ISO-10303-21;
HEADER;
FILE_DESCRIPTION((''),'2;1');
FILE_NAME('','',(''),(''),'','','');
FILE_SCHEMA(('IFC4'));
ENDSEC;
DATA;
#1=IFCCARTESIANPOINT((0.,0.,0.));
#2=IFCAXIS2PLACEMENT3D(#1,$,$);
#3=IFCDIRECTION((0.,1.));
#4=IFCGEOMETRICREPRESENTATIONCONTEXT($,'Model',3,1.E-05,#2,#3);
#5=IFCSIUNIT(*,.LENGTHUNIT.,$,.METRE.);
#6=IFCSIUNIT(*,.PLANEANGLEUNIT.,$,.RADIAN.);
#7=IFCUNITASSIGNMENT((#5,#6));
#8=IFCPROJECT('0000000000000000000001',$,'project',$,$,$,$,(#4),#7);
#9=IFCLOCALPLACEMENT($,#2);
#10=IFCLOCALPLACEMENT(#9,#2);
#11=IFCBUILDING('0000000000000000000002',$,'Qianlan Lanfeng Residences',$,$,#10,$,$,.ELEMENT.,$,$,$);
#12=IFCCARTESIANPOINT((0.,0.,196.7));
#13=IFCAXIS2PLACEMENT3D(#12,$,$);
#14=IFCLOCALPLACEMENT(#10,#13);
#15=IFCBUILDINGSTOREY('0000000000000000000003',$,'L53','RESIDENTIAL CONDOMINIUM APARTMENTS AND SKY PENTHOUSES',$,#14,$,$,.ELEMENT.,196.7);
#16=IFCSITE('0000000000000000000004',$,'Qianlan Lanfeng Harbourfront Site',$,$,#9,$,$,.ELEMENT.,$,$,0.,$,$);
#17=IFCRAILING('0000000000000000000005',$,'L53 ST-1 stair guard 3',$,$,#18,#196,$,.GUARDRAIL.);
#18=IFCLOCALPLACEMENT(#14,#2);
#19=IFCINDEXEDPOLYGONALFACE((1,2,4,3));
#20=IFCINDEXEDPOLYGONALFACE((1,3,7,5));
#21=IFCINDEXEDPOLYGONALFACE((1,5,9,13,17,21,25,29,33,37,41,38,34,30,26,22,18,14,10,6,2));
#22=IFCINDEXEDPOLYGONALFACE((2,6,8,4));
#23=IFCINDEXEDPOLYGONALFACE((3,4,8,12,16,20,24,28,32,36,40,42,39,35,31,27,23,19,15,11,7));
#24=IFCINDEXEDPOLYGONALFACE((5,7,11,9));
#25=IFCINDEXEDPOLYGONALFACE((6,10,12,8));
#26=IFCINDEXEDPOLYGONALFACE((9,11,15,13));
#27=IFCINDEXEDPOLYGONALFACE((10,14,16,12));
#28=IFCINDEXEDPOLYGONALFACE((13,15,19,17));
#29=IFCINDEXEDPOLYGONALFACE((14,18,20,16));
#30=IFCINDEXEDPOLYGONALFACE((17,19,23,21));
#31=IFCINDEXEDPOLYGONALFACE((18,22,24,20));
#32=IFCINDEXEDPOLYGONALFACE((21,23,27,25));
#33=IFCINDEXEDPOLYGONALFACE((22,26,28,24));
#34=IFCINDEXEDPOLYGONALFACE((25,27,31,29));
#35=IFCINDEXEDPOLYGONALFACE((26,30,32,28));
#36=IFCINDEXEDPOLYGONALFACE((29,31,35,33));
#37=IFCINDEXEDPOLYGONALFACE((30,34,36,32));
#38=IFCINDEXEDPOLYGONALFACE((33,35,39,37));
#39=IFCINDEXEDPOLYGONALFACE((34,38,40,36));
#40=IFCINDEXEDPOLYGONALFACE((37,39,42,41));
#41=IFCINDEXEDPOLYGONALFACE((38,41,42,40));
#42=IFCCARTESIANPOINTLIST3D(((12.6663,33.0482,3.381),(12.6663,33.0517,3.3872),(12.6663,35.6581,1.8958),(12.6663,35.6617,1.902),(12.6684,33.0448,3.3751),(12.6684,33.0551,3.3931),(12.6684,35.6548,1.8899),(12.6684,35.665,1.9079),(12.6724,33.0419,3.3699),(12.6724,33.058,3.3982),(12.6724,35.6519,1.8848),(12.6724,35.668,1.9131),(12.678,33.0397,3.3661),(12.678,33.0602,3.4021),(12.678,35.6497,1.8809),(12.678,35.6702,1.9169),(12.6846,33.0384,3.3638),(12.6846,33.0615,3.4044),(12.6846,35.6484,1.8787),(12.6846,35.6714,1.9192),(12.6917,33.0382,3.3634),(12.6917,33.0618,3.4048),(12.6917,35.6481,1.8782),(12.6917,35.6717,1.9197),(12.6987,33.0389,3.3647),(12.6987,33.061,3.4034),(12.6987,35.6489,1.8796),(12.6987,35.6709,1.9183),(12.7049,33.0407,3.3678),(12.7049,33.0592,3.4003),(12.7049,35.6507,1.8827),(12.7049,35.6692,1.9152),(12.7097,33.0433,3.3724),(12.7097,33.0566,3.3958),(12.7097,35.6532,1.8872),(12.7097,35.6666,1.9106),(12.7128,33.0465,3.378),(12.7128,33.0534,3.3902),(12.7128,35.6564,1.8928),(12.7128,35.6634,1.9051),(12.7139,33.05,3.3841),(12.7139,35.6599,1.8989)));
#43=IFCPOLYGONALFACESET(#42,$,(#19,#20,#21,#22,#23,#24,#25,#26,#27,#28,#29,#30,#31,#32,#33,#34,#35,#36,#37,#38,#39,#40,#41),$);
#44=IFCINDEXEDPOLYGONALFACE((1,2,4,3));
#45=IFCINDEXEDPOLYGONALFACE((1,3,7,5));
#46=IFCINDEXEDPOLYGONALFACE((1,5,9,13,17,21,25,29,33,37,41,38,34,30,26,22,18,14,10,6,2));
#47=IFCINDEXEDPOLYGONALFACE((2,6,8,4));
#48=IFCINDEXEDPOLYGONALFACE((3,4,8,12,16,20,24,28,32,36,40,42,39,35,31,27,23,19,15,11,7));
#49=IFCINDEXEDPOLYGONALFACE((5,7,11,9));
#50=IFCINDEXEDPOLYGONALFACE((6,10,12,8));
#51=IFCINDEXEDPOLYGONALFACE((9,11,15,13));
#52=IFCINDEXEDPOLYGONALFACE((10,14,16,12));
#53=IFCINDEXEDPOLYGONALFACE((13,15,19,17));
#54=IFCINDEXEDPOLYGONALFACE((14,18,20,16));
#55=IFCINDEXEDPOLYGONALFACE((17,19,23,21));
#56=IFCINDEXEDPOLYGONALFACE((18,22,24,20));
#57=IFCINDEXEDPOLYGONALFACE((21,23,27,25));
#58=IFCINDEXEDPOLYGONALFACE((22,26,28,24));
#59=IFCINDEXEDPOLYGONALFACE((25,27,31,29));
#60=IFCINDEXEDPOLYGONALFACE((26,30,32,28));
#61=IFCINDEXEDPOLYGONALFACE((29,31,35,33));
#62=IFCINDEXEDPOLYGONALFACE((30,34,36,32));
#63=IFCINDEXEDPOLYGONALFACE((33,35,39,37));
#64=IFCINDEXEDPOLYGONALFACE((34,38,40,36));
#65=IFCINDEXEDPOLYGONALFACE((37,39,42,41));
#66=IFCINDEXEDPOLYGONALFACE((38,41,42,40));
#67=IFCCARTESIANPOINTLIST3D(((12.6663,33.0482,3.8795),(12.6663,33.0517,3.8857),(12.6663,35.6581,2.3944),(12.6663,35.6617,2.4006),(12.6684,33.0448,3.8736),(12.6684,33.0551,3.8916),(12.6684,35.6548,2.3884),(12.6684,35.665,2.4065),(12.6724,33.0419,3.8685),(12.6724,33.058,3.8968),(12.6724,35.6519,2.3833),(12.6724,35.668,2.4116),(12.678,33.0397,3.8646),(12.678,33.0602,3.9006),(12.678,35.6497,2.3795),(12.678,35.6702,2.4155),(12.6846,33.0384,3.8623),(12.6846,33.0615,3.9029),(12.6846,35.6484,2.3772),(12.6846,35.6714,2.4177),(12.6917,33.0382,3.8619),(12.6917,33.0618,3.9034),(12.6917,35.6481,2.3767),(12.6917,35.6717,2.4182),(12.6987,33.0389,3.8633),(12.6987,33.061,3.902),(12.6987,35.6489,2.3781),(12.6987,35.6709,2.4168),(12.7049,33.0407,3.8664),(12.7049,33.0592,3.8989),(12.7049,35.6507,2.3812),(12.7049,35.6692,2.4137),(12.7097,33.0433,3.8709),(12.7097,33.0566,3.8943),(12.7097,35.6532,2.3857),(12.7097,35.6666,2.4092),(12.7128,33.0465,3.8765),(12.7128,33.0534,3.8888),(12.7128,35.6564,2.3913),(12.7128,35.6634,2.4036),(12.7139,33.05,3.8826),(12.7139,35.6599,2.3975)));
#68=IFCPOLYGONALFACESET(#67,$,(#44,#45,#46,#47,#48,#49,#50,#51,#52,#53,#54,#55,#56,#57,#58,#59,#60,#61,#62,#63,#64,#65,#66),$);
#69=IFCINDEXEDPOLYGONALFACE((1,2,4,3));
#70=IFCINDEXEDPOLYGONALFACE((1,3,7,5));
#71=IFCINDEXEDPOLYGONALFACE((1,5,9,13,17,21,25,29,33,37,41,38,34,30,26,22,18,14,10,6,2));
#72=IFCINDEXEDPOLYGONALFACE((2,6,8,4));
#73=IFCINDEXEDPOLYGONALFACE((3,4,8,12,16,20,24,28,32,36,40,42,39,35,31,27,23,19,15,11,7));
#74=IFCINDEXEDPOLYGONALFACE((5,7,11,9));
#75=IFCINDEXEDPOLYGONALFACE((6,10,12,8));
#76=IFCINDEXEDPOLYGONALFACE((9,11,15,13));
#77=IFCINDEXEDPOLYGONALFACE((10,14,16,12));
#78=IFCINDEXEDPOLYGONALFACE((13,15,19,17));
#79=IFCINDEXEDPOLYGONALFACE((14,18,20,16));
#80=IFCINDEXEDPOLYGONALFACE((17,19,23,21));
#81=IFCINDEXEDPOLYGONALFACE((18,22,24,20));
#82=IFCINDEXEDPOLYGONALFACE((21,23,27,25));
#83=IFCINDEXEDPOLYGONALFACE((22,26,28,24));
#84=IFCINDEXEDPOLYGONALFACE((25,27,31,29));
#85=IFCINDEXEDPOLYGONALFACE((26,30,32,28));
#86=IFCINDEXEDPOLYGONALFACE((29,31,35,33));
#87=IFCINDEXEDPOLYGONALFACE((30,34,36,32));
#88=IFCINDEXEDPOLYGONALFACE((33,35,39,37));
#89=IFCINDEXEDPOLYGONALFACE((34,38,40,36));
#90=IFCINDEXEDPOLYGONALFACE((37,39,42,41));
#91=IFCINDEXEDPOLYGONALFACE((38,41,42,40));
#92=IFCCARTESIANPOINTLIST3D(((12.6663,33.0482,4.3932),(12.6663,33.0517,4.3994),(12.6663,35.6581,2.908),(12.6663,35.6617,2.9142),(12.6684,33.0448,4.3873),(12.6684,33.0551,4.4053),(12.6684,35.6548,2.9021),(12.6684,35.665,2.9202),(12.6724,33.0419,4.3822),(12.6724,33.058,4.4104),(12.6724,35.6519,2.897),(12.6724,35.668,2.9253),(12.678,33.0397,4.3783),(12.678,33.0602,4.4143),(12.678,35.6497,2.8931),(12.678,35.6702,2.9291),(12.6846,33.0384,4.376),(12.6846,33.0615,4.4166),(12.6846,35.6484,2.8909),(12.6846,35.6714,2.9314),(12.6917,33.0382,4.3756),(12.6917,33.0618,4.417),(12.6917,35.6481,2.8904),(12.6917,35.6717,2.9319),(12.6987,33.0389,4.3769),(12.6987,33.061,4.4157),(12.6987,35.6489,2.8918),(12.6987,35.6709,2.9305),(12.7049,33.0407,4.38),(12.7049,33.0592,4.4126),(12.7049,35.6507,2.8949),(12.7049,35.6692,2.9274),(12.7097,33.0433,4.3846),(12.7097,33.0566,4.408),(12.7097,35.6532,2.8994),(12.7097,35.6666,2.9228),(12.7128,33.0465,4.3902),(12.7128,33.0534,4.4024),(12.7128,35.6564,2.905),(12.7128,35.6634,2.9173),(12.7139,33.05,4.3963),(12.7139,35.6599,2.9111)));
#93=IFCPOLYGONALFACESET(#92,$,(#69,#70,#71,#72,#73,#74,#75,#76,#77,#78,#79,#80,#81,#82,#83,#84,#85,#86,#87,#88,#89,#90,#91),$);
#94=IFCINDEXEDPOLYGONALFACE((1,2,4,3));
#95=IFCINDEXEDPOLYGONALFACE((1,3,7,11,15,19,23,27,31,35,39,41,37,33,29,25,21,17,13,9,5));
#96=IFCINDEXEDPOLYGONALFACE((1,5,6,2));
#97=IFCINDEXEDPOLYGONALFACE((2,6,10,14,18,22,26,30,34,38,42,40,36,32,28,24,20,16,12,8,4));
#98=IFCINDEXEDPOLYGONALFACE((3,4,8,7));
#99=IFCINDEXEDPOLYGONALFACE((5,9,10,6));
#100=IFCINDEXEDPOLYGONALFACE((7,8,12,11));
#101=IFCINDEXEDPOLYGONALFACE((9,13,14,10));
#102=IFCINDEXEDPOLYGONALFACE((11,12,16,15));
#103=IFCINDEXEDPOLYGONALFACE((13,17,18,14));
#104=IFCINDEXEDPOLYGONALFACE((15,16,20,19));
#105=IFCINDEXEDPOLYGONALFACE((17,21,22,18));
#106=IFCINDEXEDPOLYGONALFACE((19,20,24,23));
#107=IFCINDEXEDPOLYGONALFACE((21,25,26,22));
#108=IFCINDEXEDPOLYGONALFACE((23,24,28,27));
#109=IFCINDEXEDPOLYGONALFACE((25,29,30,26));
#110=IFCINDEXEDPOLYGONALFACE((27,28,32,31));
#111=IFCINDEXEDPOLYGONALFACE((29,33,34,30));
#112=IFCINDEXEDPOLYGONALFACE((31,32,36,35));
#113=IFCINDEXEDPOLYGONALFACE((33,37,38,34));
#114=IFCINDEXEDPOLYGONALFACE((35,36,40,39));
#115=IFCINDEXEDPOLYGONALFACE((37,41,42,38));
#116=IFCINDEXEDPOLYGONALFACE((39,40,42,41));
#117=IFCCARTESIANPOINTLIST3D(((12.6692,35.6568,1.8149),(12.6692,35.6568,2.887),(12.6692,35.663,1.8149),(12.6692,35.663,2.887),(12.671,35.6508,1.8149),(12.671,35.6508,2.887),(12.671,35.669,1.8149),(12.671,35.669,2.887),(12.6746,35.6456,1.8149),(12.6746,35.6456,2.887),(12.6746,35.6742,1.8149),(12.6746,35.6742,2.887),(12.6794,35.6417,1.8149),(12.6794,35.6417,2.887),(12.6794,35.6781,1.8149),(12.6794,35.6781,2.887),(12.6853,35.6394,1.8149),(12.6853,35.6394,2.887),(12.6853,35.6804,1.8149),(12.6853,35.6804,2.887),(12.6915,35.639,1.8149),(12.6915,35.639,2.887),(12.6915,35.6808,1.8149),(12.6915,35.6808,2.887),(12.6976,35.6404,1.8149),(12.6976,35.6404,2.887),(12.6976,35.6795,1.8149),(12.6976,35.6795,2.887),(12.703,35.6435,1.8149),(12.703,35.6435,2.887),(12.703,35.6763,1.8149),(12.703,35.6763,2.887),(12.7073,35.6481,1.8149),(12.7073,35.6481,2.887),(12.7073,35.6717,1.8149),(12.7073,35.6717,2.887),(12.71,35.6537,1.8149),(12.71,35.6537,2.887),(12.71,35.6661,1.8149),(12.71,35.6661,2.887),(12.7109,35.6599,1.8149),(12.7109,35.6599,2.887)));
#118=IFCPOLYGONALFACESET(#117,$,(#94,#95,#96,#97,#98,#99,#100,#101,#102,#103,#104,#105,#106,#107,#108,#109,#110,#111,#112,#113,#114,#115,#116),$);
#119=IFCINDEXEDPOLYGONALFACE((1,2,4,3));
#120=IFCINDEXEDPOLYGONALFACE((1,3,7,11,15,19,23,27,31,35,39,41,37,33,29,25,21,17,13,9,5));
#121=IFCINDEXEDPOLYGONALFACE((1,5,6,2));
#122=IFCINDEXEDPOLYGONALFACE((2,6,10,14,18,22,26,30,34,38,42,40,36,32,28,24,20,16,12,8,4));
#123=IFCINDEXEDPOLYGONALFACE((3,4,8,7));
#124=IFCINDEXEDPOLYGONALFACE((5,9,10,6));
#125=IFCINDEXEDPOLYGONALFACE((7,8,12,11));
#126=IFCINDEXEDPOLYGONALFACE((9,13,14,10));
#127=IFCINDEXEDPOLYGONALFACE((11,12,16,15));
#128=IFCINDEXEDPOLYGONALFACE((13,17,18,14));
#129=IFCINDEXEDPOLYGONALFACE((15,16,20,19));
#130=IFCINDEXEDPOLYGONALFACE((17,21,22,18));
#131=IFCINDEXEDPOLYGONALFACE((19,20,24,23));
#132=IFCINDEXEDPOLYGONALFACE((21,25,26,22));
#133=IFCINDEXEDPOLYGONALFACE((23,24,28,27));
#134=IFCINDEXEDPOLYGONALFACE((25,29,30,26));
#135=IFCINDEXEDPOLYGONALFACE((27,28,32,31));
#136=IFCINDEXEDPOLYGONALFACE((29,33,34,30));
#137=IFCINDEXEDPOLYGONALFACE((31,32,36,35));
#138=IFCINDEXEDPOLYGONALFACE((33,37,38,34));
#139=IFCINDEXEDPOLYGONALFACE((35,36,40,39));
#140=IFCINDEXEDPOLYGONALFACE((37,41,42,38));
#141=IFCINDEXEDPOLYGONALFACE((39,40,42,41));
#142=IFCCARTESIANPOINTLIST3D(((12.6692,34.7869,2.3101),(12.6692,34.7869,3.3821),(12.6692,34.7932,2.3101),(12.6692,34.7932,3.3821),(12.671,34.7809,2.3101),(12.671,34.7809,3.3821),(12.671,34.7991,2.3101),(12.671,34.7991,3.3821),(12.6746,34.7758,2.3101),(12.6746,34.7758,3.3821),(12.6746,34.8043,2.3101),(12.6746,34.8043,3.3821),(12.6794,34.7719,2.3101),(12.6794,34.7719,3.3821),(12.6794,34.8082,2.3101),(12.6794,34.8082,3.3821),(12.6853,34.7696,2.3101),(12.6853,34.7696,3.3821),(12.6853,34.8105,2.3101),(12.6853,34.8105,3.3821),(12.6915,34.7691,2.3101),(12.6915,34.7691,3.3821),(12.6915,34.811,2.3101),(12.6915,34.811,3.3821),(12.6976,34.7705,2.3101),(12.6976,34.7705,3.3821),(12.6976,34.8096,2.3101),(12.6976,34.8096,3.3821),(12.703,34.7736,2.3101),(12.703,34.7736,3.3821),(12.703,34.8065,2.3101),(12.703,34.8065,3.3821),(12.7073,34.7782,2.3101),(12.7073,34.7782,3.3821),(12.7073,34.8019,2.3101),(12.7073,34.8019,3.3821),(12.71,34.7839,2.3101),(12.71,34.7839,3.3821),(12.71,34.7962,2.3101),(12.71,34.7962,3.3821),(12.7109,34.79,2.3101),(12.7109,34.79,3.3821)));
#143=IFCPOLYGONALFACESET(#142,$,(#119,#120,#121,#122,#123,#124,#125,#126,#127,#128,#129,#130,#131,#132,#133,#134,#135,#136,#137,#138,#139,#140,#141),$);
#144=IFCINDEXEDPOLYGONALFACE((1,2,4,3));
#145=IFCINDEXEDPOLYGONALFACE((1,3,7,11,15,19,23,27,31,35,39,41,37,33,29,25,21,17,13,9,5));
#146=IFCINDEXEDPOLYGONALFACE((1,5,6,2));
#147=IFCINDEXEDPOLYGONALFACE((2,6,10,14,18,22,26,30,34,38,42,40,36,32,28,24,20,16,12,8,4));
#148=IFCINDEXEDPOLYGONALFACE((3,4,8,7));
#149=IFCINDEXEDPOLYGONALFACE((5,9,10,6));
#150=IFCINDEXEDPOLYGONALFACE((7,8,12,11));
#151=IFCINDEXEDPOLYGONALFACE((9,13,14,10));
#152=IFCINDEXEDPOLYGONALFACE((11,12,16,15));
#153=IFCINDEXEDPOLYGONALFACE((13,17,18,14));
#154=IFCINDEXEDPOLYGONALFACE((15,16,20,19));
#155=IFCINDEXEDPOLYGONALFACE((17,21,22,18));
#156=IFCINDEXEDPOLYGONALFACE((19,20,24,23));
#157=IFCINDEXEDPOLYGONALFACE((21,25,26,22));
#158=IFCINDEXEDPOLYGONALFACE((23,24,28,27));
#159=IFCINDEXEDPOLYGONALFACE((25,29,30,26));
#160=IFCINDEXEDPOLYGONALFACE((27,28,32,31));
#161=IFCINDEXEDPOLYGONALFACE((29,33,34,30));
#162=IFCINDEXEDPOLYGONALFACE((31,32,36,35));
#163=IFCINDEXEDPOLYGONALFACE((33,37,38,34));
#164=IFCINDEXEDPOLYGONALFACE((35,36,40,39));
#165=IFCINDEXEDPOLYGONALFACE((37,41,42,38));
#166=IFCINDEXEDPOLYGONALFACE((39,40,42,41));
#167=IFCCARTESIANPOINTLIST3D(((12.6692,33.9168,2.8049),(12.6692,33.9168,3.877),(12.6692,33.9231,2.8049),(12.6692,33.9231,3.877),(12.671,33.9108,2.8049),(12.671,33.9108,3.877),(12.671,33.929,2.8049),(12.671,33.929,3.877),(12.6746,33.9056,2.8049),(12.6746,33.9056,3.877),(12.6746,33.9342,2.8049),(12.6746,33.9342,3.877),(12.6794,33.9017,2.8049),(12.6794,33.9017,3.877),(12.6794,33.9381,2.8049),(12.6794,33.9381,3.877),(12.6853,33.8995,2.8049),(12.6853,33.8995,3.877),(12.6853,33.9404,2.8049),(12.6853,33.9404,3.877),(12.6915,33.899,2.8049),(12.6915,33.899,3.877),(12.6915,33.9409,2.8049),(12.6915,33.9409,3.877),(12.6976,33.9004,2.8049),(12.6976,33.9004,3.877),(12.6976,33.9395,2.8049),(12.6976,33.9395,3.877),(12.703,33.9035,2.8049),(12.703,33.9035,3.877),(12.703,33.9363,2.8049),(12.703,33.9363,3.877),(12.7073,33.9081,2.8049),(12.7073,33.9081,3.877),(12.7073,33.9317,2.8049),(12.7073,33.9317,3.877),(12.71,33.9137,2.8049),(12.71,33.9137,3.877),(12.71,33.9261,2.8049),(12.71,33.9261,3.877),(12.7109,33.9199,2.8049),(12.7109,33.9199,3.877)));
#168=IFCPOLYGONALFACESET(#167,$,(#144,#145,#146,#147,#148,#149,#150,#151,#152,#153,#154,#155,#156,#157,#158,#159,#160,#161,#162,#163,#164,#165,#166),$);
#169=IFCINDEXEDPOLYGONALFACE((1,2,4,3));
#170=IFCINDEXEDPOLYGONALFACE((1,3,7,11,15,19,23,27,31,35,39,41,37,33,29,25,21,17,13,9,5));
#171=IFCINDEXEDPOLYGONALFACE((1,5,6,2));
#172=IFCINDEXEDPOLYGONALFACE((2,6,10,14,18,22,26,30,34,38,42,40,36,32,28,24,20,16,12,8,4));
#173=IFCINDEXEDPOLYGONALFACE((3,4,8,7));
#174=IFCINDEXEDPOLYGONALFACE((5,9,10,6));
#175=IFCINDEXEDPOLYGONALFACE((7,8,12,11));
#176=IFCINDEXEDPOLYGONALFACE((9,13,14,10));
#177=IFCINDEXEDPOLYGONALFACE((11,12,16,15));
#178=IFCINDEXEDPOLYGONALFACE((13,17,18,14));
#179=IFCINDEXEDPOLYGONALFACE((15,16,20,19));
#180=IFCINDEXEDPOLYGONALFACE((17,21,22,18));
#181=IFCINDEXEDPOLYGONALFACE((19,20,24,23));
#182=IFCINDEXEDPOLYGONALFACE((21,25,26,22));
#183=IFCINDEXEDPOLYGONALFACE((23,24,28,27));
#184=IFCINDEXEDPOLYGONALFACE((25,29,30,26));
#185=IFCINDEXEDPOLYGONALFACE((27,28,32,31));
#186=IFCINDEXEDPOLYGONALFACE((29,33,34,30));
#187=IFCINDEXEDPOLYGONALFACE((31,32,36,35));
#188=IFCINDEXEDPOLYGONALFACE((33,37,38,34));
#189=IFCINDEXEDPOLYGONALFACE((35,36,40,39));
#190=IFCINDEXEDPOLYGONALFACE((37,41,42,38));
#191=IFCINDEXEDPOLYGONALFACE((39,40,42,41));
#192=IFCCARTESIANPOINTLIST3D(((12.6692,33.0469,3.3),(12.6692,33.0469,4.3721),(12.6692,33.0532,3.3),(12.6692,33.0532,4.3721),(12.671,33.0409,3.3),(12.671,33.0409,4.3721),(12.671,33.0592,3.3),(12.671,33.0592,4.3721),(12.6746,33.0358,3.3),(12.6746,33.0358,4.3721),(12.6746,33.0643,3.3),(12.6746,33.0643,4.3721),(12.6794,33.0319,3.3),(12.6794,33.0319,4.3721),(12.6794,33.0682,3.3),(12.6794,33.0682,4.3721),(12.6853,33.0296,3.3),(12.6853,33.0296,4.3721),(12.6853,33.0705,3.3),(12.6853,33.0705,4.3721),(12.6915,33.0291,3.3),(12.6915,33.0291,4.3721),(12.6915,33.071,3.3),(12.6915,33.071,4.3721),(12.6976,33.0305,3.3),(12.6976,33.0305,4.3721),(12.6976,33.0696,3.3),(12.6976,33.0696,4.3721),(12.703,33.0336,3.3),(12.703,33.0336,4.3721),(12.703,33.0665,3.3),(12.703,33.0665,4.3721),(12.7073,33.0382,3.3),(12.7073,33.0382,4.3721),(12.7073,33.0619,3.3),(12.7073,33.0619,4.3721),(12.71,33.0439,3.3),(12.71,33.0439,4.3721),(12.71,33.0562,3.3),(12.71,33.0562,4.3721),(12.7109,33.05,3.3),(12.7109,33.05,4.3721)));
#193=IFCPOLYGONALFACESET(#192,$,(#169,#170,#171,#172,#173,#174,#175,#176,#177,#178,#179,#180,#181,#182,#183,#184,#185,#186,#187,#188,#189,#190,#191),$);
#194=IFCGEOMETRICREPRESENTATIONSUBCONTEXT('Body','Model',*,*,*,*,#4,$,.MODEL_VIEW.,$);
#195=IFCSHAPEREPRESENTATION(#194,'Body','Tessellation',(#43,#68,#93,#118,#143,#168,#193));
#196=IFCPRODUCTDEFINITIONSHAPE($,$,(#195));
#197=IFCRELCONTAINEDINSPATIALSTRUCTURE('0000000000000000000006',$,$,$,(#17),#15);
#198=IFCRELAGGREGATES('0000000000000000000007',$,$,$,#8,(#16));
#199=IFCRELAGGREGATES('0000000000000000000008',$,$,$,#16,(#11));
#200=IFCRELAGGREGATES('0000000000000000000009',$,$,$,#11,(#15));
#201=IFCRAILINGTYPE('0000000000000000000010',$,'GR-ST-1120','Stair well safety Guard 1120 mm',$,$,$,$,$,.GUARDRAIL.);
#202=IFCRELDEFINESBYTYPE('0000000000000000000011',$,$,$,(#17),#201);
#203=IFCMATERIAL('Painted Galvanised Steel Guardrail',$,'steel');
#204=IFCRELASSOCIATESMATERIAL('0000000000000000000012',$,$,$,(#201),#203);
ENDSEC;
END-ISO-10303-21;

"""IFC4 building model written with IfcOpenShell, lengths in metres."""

from ifc_helpers import new_model, si_unit, direction, frame, origin, origin_2d, place, context, subcontext, project, spatial, circle, extrude, material, type_object, element, save


model = new_model("IFC4")

# Units and contexts
model_context = context("Model", 3, precision=1e-05, world=origin(), true_north=direction((0.0, 1.0)))
body_context = subcontext(model_context, "Body", "Model", "MODEL_VIEW")
ifc_project = project(units=[si_unit("LENGTHUNIT", "METRE"), si_unit("PLANEANGLEUNIT", "RADIAN")], contexts=[model_context])

# Site, building, storey
site_placement = place(None, origin())
site = spatial("IfcSite", under=ifc_project, at=site_placement, Name="Qianlan Lanfeng Harbourfront Site", CompositionType="ELEMENT", RefElevation=0.0)
building_placement = place(site_placement, origin())
building = spatial("IfcBuilding", under=site, at=building_placement, Name="Qianlan Lanfeng Residences", CompositionType="ELEMENT")
storey_placement = place(building_placement, frame((0.0, 0.0, 196.7)))
storey = spatial("IfcBuildingStorey", under=building, at=storey_placement, Name="L53", Description="RESIDENTIAL CONDOMINIUM APARTMENTS AND SKY PENTHOUSES", CompositionType="ELEMENT", Elevation=196.7)

# Railing
ifc_material_1 = material(Name="Painted Galvanised Steel Guardrail", Category="steel")
railing_type_1 = type_object("IfcRailingType", Name="GR-ST-1120", Description="Stair well safety Guard 1120 mm", PredefinedType="GUARDRAIL", material=ifc_material_1)
railing_1_placement = place(storey_placement, frame((12.6899, 35.6599, 1.8149)))
element("IfcRailing", 1, at=railing_1_placement, inside=storey, type_object=railing_type_1, Name="L53 ST-1 stair guard 3", PredefinedType="GUARDRAIL", context=body_context, shape_type="SweptSolid", body=[
    extrude(circle(Radius=0.0239, at=origin_2d()), frame((0.0, 0.0, 0.084), z_axis=(0.0, -0.869137, 0.494571), x_axis=(1.0, 0.0, 0.0)), (0.0, 0.0, 1.0), 3.0029),
    extrude(circle(Radius=0.0239, at=origin_2d()), frame((0.0, 0.0, 0.5825), z_axis=(0.0, -0.869137, 0.494571), x_axis=(1.0, 0.0, 0.0)), (0.0, 0.0, 1.0), 3.0029),
    extrude(circle(Radius=0.0239, at=origin_2d()), frame((0.0, 0.0, 1.0962), z_axis=(0.0, -0.869137, 0.494571), x_axis=(1.0, 0.0, 0.0)), (0.0, 0.0, 1.0), 3.0029),
    extrude(circle(Radius=0.021, at=origin_2d()), origin(), (0.0, 0.0, 1.0), 1.072),
    extrude(circle(Radius=0.021, at=origin_2d()), frame((0.0, -0.8699, 0.4951)), (0.0, 0.0, 1.0), 1.072),
    extrude(circle(Radius=0.021, at=origin_2d()), frame((0.0, -1.74, 0.99)), (0.0, 0.0, 1.0), 1.072),
    extrude(circle(Radius=0.021, at=origin_2d()), frame((0.0, -2.6099, 1.4851)), (0.0, 0.0, 1.0), 1.072),
])

save(model, "model.ifc")
